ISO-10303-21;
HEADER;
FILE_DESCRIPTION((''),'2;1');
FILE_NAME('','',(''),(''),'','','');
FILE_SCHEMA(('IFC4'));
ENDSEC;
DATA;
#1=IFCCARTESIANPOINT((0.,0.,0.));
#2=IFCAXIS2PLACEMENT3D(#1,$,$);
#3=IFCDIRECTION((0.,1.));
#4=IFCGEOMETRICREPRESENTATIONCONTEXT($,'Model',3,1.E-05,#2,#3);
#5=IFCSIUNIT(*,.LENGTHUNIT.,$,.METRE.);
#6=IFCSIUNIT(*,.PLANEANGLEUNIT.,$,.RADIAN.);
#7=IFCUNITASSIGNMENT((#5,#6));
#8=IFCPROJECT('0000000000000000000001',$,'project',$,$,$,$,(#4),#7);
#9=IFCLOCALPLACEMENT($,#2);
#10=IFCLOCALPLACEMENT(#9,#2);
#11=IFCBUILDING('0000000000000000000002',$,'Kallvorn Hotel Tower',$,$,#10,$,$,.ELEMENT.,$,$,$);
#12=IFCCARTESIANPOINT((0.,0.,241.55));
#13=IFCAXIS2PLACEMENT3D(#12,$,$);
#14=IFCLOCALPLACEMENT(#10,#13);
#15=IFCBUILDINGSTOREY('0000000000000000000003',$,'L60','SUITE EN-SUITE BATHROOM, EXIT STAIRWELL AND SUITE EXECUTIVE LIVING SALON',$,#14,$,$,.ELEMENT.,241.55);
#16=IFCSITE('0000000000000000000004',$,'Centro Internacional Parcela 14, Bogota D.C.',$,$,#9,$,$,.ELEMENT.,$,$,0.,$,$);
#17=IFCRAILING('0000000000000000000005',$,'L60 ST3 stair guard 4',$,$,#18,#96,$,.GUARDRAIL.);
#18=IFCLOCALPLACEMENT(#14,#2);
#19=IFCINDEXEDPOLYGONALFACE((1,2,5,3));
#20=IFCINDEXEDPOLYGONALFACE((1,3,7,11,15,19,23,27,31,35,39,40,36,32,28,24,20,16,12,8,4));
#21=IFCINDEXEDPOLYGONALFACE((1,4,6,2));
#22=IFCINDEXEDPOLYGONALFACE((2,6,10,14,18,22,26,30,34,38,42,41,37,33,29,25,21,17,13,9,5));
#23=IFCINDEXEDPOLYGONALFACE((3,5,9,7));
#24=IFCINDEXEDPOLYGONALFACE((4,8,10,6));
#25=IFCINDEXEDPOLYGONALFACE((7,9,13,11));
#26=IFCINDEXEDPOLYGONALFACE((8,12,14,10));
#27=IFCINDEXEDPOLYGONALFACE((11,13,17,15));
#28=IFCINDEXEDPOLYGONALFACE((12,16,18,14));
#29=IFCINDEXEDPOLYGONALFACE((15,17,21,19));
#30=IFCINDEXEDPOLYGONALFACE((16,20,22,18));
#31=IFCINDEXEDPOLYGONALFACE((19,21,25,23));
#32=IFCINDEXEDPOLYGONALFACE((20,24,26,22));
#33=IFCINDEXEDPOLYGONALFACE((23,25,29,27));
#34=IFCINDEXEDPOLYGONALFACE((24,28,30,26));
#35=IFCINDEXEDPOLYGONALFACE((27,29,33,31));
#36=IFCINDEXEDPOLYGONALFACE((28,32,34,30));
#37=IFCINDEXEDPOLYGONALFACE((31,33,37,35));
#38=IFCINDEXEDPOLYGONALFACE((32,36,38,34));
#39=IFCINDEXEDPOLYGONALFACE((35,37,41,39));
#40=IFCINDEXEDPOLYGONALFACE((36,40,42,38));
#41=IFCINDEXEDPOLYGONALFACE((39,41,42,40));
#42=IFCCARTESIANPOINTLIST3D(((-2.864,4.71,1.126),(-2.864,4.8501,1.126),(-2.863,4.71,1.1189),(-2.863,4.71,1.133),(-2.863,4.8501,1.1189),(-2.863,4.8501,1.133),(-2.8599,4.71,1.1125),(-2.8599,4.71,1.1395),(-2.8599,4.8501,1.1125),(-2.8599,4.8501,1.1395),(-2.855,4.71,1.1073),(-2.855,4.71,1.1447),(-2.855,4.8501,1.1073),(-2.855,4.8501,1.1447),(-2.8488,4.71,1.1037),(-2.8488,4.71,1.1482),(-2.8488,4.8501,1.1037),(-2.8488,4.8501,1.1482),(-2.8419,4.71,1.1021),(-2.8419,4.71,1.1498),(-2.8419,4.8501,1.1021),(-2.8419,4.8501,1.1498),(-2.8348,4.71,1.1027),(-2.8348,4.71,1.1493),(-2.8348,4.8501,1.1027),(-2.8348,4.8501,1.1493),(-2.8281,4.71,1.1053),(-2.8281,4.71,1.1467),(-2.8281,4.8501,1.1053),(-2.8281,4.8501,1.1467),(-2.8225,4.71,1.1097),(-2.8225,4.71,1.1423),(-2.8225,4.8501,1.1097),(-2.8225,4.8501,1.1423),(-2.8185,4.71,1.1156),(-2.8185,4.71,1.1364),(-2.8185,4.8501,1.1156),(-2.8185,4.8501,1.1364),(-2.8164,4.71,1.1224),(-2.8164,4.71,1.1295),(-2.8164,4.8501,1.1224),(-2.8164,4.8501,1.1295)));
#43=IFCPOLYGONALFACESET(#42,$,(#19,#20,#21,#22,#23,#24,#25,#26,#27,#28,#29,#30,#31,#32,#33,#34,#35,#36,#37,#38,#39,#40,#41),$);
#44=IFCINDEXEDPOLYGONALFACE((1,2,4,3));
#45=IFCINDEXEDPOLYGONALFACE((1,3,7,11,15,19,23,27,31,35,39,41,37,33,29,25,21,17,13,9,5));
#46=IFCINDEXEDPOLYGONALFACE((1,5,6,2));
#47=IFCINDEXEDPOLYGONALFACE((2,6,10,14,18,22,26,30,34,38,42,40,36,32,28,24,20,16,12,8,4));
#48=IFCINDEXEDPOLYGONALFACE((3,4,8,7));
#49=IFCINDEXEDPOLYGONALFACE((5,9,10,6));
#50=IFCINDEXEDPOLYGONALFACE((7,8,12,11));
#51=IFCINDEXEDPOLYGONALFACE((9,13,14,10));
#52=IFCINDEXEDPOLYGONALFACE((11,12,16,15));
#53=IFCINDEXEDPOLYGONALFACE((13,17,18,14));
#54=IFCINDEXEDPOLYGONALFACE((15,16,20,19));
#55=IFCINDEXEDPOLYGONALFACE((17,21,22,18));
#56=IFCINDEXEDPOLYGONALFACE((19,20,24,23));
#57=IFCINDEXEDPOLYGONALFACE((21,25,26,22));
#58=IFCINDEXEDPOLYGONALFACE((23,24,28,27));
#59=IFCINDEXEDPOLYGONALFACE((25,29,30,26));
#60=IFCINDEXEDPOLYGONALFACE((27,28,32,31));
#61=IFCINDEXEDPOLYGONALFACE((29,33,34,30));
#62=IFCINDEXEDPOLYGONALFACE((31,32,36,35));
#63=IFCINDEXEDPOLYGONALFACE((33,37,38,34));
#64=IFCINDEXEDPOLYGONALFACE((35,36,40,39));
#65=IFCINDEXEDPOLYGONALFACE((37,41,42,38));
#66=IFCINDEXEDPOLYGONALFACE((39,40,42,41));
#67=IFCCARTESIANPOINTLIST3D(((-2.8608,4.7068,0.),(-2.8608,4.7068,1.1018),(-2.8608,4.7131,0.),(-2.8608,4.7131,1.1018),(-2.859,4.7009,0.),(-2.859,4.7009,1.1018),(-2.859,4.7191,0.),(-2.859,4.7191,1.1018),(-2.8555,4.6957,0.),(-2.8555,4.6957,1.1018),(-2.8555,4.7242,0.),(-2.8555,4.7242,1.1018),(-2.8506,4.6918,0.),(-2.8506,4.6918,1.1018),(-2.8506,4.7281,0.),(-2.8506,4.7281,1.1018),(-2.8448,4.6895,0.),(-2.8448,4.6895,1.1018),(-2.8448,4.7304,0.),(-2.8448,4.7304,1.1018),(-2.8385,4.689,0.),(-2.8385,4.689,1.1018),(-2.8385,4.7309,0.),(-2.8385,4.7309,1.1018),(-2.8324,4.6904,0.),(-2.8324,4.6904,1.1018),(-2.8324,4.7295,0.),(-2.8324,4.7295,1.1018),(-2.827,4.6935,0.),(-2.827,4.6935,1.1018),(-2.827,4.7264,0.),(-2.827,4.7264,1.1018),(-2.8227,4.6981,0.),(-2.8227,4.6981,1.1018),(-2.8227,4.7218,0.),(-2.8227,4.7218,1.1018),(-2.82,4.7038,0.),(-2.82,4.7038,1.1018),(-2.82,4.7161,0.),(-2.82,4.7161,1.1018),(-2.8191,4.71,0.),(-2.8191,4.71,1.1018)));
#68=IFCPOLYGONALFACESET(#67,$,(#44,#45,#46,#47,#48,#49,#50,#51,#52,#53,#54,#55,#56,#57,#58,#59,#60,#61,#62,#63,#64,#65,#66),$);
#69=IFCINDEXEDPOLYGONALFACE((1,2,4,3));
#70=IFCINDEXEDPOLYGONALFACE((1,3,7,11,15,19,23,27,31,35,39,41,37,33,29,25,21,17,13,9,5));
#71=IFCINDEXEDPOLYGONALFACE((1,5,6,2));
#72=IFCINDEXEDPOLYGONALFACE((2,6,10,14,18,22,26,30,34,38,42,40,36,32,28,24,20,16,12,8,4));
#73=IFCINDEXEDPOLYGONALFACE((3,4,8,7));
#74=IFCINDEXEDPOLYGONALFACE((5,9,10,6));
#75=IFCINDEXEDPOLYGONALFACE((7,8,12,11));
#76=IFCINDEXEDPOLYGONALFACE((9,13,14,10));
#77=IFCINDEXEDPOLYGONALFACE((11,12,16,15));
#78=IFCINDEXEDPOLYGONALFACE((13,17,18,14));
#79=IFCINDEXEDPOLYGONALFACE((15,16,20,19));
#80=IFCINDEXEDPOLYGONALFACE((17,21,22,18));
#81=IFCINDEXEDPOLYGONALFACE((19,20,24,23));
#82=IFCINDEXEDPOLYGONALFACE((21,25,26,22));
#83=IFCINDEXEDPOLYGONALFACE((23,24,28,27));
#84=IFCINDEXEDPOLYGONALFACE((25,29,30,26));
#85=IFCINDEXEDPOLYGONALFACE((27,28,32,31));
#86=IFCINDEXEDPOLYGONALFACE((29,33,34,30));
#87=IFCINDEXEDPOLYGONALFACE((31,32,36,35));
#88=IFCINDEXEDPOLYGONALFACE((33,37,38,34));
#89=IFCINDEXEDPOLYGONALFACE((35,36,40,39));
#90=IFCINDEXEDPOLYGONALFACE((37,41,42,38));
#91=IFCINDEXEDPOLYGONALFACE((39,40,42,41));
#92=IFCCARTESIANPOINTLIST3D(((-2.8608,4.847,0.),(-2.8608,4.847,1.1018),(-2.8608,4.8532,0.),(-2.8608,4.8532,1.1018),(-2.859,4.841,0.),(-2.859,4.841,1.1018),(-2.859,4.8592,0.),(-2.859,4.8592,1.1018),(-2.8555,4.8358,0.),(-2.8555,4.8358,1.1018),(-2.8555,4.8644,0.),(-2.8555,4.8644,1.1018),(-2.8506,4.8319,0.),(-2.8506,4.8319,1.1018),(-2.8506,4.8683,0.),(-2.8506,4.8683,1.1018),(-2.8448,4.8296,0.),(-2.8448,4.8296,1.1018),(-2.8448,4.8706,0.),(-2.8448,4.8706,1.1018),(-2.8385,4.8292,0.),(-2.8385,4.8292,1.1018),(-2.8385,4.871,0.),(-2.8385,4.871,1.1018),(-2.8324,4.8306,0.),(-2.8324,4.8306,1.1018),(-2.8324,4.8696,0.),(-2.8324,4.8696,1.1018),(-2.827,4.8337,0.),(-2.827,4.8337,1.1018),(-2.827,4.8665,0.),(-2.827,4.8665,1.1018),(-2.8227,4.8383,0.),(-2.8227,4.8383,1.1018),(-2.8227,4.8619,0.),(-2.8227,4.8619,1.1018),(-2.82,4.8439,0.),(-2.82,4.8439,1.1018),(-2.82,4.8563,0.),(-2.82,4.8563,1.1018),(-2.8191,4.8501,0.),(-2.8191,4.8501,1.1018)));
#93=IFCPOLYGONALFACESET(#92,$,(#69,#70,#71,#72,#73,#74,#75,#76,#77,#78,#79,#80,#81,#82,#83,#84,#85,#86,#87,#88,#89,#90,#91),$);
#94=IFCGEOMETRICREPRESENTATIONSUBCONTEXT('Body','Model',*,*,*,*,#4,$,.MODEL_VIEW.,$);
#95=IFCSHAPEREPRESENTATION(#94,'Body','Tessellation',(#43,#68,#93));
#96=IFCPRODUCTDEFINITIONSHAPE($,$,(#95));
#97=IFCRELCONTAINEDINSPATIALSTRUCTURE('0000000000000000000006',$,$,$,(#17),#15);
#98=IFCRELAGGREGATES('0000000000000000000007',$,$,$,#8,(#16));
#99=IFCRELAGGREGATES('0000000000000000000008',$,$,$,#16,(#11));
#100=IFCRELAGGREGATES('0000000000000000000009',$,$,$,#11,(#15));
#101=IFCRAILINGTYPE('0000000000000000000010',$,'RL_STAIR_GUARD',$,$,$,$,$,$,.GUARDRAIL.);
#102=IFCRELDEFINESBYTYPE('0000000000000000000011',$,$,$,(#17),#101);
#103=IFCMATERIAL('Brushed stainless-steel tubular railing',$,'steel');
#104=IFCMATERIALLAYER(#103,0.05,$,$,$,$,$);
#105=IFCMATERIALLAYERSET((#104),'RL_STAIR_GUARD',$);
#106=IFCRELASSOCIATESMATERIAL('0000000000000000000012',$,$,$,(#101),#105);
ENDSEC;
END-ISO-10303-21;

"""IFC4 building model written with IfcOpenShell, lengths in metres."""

from ifc_helpers import new_model, si_unit, direction, frame, origin, origin_2d, place, context, subcontext, project, spatial, circle, extrude, material, layer, layer_set, type_object, element, save


model = new_model("IFC4")

# Units and contexts
model_context = context("Model", 3, precision=1e-05, world=origin(), true_north=direction((0.0, 1.0)))
body_context = subcontext(model_context, "Body", "Model", "MODEL_VIEW")
ifc_project = project(units=[si_unit("LENGTHUNIT", "METRE"), si_unit("PLANEANGLEUNIT", "RADIAN")], contexts=[model_context])

# Site, building, storey
site_placement = place(None, origin())
site = spatial("IfcSite", under=ifc_project, at=site_placement, Name="Centro Internacional Parcela 14, Bogota D.C.", CompositionType="ELEMENT", RefElevation=0.0)
building_placement = place(site_placement, origin())
building = spatial("IfcBuilding", under=site, at=building_placement, Name="Kallvorn Hotel Tower", CompositionType="ELEMENT")
storey_placement = place(building_placement, frame((0.0, 0.0, 241.55)))
storey = spatial("IfcBuildingStorey", under=building, at=storey_placement, Name="L60", Description="SUITE EN-SUITE BATHROOM, EXIT STAIRWELL AND SUITE EXECUTIVE LIVING SALON", CompositionType="ELEMENT", Elevation=241.55)

# Railing
ifc_material_1 = material(Name="Brushed stainless-steel tubular railing", Category="steel")
ifc_layer_1 = layer(ifc_material_1, 0.05)
ifc_layer_set_1 = layer_set([ifc_layer_1], Name="RL_STAIR_GUARD")
railing_type_1 = type_object("IfcRailingType", Name="RL_STAIR_GUARD", PredefinedType="GUARDRAIL", material=ifc_layer_set_1)
railing_1_placement = place(storey_placement, frame((-2.8401, 4.71, 0.0)))
element("IfcRailing", 1, at=railing_1_placement, inside=storey, type_object=railing_type_1, Name="L60 ST3 stair guard 4", PredefinedType="GUARDRAIL", context=body_context, shape_type="SweptSolid", body=[
    extrude(circle(Radius=0.0239, at=origin_2d()), frame((0.0, 0.0, 1.126), z_axis=(0.0, 1.0, 0.0), x_axis=(-1.0, 0.0, 0.0)), (0.0, 0.0, 1.0), 0.1401),
    extrude(circle(Radius=0.021, at=origin_2d()), origin(), (0.0, 0.0, 1.0), 1.1018),
    extrude(circle(Radius=0.021, at=origin_2d()), frame((0.0, 0.1401, 0.0)), (0.0, 0.0, 1.0), 1.1018),
])

save(model, "model.ifc")
